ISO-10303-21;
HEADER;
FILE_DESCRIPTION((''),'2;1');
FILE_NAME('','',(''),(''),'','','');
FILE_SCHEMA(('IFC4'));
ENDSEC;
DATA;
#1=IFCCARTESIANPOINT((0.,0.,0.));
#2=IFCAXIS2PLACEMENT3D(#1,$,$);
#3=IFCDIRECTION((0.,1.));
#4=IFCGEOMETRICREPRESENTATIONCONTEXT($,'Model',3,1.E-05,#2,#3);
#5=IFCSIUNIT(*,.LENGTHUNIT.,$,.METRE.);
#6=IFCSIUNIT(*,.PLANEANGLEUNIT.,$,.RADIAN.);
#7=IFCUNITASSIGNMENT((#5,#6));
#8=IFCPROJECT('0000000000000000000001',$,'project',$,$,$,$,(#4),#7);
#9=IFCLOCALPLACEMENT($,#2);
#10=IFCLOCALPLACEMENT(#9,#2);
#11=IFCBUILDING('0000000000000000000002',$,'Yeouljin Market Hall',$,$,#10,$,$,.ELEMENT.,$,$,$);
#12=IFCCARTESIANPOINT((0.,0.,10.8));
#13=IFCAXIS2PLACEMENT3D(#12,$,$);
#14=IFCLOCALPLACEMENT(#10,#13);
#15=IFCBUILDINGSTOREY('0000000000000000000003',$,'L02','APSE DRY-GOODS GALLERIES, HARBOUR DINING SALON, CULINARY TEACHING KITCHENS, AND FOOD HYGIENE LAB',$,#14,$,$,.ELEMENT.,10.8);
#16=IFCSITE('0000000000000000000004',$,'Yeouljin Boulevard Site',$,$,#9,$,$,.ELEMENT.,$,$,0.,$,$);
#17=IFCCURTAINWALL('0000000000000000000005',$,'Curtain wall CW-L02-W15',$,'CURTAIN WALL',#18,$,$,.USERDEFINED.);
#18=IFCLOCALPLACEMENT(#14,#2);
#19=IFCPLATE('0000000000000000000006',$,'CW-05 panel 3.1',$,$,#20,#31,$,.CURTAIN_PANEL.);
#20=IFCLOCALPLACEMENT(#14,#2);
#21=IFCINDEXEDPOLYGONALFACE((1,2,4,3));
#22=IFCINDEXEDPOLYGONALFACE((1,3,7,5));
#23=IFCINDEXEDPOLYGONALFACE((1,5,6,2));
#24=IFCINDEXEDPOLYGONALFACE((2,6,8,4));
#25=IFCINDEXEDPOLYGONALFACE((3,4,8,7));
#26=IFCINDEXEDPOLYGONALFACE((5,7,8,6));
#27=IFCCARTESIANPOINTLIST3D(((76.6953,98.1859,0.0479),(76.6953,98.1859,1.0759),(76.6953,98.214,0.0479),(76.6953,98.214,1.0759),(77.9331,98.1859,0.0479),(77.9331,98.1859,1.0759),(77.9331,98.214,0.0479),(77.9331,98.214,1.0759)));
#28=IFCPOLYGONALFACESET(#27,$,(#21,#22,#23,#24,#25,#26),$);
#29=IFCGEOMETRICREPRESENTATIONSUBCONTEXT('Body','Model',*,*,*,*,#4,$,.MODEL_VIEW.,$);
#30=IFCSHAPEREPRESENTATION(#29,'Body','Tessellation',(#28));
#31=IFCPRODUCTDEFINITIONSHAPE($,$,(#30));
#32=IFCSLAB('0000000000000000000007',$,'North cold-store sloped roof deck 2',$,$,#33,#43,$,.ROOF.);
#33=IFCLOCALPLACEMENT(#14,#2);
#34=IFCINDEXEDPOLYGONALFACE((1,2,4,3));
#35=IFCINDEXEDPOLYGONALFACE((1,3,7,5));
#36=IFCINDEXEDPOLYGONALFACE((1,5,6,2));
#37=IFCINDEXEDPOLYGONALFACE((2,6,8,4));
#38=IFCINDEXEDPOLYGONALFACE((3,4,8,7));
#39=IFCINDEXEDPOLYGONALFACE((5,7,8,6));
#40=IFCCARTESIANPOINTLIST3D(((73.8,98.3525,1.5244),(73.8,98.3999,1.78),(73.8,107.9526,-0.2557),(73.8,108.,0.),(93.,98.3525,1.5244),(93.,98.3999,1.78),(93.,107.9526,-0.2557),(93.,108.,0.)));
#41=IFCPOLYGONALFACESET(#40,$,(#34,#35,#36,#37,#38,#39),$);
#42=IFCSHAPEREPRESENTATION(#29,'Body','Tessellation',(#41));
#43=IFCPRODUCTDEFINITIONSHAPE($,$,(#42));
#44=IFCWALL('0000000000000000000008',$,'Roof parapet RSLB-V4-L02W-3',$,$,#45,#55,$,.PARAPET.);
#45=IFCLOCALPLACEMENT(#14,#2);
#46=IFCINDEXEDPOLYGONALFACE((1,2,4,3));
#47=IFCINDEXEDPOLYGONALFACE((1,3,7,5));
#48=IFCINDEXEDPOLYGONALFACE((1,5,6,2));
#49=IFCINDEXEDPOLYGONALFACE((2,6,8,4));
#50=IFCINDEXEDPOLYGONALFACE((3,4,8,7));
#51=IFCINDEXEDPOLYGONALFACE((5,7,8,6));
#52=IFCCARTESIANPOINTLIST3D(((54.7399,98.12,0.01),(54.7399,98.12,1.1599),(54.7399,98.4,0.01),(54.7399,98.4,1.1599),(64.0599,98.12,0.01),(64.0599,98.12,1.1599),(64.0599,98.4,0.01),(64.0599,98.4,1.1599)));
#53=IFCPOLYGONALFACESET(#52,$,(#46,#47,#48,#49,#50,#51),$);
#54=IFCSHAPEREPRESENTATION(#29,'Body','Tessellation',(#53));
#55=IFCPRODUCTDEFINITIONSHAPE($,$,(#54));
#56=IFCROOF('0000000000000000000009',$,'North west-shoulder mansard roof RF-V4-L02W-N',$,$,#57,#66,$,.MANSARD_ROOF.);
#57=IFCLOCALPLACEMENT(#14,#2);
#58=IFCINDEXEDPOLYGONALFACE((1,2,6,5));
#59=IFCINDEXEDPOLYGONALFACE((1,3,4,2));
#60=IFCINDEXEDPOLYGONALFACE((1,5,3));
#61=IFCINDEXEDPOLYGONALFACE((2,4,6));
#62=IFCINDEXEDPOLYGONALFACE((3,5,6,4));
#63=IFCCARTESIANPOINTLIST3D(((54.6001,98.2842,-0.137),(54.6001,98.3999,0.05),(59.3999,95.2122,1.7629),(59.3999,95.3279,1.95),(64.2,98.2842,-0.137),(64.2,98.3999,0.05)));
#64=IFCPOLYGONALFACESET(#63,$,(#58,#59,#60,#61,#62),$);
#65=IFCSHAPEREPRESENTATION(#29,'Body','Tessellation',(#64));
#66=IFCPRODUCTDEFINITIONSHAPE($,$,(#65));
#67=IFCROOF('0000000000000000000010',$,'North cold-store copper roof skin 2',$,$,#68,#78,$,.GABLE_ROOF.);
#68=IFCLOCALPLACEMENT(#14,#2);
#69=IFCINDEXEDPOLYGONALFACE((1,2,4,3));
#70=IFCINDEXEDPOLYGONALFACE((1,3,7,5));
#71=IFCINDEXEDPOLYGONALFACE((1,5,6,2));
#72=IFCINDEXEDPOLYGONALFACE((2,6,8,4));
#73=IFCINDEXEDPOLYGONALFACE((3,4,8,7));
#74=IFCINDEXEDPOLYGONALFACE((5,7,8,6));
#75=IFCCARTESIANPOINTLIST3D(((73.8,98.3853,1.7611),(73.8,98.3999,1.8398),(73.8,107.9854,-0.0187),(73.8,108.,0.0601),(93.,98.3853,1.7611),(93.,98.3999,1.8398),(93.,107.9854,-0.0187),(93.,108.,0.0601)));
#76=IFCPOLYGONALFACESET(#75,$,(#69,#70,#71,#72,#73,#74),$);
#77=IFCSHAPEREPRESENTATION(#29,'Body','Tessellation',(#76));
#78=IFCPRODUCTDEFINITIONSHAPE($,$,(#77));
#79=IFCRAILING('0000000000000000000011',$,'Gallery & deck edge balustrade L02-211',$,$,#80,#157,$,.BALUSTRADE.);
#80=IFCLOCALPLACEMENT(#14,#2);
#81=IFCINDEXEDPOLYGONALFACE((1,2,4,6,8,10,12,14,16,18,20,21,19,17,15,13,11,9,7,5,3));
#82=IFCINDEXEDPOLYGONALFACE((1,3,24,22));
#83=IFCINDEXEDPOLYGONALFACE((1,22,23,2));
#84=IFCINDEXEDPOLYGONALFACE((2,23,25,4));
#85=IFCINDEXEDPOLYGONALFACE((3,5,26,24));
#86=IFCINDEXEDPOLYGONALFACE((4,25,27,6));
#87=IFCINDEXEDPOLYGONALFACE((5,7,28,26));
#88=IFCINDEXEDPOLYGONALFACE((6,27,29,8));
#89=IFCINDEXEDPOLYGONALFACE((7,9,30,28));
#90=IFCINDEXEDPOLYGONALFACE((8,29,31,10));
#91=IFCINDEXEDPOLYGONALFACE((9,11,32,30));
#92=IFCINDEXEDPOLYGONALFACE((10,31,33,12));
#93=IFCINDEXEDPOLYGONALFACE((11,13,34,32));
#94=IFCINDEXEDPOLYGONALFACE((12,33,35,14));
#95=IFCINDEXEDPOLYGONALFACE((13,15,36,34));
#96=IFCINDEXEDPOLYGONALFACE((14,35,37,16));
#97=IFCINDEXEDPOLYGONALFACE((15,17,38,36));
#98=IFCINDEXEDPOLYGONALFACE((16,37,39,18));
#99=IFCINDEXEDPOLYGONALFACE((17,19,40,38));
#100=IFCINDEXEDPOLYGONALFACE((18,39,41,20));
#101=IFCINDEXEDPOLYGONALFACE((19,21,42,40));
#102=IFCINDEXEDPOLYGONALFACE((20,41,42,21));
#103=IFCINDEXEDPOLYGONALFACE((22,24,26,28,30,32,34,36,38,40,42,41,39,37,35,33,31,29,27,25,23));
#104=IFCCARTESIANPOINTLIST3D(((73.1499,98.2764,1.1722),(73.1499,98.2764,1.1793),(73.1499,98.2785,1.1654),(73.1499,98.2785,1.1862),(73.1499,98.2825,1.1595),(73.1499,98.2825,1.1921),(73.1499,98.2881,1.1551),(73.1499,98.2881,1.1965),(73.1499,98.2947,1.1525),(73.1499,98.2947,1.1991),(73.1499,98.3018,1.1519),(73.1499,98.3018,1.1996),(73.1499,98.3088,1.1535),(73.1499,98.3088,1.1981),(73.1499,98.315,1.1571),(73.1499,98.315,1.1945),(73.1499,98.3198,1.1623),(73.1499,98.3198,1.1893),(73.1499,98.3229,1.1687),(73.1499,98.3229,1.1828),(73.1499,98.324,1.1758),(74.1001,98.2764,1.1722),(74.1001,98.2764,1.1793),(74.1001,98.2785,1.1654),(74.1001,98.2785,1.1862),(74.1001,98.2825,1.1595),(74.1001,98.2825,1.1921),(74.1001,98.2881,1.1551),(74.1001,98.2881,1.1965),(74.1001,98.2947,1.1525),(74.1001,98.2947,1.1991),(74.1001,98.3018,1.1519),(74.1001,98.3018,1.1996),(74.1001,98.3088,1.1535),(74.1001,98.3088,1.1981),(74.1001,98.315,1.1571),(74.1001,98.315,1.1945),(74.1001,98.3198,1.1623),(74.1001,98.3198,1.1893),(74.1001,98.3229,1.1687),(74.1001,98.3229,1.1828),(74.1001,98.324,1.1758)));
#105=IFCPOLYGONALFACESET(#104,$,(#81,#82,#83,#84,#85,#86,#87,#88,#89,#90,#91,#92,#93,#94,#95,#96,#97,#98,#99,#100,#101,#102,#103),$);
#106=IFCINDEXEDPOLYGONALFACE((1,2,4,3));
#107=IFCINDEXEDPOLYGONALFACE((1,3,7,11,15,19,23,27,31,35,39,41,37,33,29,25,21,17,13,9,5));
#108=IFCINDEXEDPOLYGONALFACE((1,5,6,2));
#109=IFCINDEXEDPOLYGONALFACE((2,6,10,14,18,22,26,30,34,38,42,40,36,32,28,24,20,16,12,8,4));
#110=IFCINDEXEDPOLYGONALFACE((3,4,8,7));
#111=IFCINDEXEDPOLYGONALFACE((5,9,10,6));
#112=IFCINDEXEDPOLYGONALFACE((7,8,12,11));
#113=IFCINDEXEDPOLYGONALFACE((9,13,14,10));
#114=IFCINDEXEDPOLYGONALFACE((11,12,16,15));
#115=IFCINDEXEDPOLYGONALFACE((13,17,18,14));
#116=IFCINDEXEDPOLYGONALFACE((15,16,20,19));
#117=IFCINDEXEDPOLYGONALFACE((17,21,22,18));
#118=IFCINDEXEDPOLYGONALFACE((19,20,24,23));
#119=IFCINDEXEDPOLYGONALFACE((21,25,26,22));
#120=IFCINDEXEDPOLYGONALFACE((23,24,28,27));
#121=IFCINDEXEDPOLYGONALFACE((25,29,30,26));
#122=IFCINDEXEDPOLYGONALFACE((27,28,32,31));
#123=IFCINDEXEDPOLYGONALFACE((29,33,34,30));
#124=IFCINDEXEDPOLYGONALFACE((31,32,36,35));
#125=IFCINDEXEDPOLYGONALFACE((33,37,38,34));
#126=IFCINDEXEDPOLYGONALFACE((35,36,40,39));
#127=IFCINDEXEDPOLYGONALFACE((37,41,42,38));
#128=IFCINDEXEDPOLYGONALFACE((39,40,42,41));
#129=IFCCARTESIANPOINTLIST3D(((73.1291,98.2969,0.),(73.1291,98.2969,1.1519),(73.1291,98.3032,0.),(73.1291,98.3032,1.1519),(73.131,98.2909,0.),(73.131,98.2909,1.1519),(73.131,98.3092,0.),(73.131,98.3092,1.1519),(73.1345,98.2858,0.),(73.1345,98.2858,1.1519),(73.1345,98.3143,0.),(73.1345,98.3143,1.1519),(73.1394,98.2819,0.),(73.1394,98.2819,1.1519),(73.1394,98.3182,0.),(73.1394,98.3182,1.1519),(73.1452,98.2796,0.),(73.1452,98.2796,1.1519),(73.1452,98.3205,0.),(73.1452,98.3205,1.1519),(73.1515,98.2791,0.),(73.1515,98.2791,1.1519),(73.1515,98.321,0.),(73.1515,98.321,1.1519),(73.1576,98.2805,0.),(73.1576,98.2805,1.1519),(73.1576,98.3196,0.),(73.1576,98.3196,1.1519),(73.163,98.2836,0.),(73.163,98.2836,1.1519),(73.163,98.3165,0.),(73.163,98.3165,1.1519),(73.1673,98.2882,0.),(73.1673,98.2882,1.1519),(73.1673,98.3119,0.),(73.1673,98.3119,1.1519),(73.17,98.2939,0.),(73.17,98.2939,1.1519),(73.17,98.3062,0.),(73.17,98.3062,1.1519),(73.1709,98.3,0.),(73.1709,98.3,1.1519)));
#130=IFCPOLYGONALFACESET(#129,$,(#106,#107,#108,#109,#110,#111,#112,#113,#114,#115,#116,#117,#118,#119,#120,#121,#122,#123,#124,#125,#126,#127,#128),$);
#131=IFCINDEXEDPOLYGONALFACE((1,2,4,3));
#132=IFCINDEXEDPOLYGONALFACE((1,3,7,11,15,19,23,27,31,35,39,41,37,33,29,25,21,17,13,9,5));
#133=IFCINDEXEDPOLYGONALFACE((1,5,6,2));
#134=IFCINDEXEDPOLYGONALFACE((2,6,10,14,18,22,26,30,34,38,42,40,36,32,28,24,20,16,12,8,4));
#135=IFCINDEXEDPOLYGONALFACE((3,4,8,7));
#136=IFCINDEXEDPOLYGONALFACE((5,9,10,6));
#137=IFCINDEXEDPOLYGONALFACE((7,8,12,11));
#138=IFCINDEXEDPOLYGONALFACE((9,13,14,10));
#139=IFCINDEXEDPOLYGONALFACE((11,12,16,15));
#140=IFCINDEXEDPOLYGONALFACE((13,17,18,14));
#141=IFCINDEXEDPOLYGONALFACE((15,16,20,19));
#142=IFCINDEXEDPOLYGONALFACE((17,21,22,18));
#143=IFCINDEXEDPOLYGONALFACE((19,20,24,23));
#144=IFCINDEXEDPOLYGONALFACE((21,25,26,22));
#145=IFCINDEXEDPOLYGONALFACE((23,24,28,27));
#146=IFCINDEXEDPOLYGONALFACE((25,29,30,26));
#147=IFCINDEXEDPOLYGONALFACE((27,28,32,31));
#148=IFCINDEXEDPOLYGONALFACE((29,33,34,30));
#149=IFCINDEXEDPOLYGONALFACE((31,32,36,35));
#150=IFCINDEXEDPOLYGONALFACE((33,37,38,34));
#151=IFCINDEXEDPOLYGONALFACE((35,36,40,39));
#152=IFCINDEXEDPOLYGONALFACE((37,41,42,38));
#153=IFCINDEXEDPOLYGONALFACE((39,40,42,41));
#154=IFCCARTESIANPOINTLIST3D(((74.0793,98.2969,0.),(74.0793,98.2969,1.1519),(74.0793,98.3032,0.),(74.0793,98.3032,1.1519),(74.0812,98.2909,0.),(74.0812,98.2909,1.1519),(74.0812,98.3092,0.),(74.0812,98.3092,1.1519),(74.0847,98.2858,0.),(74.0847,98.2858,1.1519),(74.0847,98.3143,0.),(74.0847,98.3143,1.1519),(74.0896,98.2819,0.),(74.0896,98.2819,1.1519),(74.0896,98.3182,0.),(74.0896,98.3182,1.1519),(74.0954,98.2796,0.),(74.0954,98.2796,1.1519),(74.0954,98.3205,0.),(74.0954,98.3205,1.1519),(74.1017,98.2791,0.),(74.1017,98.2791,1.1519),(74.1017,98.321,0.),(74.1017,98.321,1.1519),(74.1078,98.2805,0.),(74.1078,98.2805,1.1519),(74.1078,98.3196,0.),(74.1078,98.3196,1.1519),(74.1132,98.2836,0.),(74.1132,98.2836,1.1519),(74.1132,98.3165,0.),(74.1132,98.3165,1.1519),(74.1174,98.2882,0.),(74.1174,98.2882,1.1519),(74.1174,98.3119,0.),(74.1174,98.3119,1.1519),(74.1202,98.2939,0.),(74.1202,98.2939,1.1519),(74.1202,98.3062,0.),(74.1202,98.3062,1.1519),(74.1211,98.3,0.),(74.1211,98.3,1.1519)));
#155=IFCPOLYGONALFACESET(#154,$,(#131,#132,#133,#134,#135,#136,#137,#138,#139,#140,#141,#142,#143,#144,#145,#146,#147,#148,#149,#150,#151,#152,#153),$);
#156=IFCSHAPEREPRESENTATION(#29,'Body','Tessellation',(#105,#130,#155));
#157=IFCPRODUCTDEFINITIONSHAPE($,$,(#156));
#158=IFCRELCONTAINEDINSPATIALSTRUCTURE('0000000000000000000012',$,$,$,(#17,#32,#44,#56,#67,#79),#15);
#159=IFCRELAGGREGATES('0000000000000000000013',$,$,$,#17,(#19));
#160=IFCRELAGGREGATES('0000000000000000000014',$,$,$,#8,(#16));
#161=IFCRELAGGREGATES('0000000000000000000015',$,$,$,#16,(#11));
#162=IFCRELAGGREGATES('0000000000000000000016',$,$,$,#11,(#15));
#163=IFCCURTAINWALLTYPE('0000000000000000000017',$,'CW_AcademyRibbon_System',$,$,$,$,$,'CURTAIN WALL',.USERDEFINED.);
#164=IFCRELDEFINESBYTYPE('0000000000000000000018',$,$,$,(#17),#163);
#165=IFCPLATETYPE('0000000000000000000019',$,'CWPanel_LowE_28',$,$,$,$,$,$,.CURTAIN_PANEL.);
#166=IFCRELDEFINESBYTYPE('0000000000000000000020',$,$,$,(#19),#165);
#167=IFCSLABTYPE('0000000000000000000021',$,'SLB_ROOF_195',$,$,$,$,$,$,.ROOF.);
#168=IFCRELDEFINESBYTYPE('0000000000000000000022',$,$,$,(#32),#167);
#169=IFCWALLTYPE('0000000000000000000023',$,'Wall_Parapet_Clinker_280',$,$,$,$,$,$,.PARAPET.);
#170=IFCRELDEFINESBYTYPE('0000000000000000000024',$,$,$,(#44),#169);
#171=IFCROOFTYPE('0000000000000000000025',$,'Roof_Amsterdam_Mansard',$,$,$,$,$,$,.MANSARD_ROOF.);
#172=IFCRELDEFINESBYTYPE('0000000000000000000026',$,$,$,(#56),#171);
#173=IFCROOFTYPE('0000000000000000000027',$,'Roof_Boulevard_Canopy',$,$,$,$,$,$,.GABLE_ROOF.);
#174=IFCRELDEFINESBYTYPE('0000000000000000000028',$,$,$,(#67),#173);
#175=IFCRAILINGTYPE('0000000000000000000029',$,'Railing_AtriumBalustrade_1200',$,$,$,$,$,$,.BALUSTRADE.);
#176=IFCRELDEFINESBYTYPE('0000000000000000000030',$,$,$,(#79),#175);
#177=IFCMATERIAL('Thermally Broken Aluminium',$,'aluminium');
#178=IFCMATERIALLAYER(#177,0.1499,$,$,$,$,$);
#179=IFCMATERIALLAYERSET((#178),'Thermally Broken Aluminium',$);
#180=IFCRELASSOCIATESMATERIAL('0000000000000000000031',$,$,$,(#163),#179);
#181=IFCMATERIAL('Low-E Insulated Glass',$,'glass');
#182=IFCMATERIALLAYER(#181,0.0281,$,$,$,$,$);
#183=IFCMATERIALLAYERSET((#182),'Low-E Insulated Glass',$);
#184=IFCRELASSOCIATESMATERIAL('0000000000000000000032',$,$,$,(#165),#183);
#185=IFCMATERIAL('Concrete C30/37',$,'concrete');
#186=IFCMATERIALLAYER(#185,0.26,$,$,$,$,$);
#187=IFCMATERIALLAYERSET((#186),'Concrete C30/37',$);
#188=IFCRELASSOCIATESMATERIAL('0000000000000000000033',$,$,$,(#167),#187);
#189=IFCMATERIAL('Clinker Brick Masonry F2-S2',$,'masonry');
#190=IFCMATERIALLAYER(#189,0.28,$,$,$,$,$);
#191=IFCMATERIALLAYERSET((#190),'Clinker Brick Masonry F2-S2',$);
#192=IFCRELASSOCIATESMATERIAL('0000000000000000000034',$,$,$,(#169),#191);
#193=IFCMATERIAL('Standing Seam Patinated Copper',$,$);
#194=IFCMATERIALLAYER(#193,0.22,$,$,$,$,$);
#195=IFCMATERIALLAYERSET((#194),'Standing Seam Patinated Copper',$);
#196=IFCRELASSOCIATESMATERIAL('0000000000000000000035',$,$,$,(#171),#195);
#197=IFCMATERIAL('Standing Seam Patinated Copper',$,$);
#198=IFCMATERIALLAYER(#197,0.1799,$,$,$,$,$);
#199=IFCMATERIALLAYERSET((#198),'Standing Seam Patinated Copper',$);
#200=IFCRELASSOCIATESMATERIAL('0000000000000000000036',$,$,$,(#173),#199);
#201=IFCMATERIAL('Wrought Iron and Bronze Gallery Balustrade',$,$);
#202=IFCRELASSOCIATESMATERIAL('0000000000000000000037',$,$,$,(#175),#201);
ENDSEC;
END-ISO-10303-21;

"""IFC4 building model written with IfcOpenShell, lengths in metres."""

from ifc_helpers import new_model, si_unit, direction, frame, frame_2d, origin, origin_2d, place, context, subcontext, project, spatial, polyline, rectangle, circle, outline, extrude, material, layer, layer_set, type_object, element, aggregate, save


model = new_model("IFC4")

# Units and contexts
model_context = context("Model", 3, precision=1e-05, world=origin(), true_north=direction((0.0, 1.0)))
body_context = subcontext(model_context, "Body", "Model", "MODEL_VIEW")
ifc_project = project(units=[si_unit("LENGTHUNIT", "METRE"), si_unit("PLANEANGLEUNIT", "RADIAN")], contexts=[model_context])

# Site, building, storey
site_placement = place(None, origin())
site = spatial("IfcSite", under=ifc_project, at=site_placement, Name="Yeouljin Boulevard Site", CompositionType="ELEMENT", RefElevation=0.0)
building_placement = place(site_placement, origin())
building = spatial("IfcBuilding", under=site, at=building_placement, Name="Yeouljin Market Hall", CompositionType="ELEMENT")
storey_placement = place(building_placement, frame((0.0, 0.0, 10.8)))
storey = spatial("IfcBuildingStorey", under=building, at=storey_placement, Name="L02", Description="APSE DRY-GOODS GALLERIES, HARBOUR DINING SALON, CULINARY TEACHING KITCHENS, AND FOOD HYGIENE LAB", CompositionType="ELEMENT", Elevation=10.8)

# Curtain wall
ifc_material_1 = material(Name="Thermally Broken Aluminium", Category="aluminium")
ifc_layer_1 = layer(ifc_material_1, 0.1499)
ifc_layer_set_1 = layer_set([ifc_layer_1], Name="Thermally Broken Aluminium")
curtain_wall_type = type_object("IfcCurtainWallType", Name="CW_AcademyRibbon_System", ElementType="CURTAIN WALL", PredefinedType="USERDEFINED", material=ifc_layer_set_1)
curtain_wall_placement = place(storey_placement, origin())
curtain_wall = element("IfcCurtainWall", 1, at=curtain_wall_placement, inside=storey, type_object=curtain_wall_type, Name="Curtain wall CW-L02-W15", ObjectType="CURTAIN WALL", PredefinedType="USERDEFINED")

# Plate
ifc_material_2 = material(Name="Low-E Insulated Glass", Category="glass")
ifc_layer_2 = layer(ifc_material_2, 0.0281)
ifc_layer_set_2 = layer_set([ifc_layer_2], Name="Low-E Insulated Glass")
plate_type = type_object("IfcPlateType", Name="CWPanel_LowE_28", PredefinedType="CURTAIN_PANEL", material=ifc_layer_set_2)
plate_placement = place(storey_placement, frame((77.3142, 98.2, 0.0479), z_axis=(0.0, 0.0, 1.0), x_axis=(1.0, 0.0, 0.0)))
plate = element("IfcPlate", 2, at=plate_placement, type_object=plate_type, Name="CW-05 panel 3.1", PredefinedType="CURTAIN_PANEL", context=body_context, shape_type="SweptSolid", body=[
    extrude(rectangle(XDim=1.2378, YDim=0.0281, at=origin_2d()), origin(), (0.0, 0.0, 1.0), 1.0281),
])
aggregate(curtain_wall, [plate])

# Slab
ifc_material_3 = material(Name="Concrete C30/37", Category="concrete")
ifc_layer_3 = layer(ifc_material_3, 0.26)
ifc_layer_set_3 = layer_set([ifc_layer_3], Name="Concrete C30/37")
slab_type = type_object("IfcSlabType", Name="SLB_ROOF_195", PredefinedType="ROOF", material=ifc_layer_set_3)
slab_placement = place(storey_placement, frame((73.8, 98.3999, 1.78), z_axis=(0.0, 0.18231, 0.983241), x_axis=(0.0, 0.983241, -0.18231)))
element("IfcSlab", 3, at=slab_placement, inside=storey, type_object=slab_type, Name="North cold-store sloped roof deck 2", PredefinedType="ROOF", context=body_context, shape_type="SweptSolid", body=[
    extrude(outline(polyline([(0.0, 0.0), (9.7637, 0.0), (9.7637, -19.2), (0.0, -19.2), (0.0, 0.0)])), origin(), (0.0, 0.0, -1.0), 0.26),
])

# Wall
ifc_material_4 = material(Name="Clinker Brick Masonry F2-S2", Category="masonry")
ifc_layer_4 = layer(ifc_material_4, 0.28)
ifc_layer_set_4 = layer_set([ifc_layer_4], Name="Clinker Brick Masonry F2-S2")
wall_type = type_object("IfcWallType", Name="Wall_Parapet_Clinker_280", PredefinedType="PARAPET", material=ifc_layer_set_4)
wall_placement = place(storey_placement, frame((64.0601, 98.26, 0.01), z_axis=(0.0, 0.0, 1.0), x_axis=(-1.0, 0.0, 0.0)))
element("IfcWall", 4, at=wall_placement, inside=storey, type_object=wall_type, Name="Roof parapet RSLB-V4-L02W-3", PredefinedType="PARAPET", context=body_context, shape_type="SweptSolid", body=[
    extrude(rectangle(XDim=9.3201, YDim=0.28, at=frame_2d((4.6602, 0.0))), origin(), (0.0, 0.0, 1.0), 1.1499),
])

# Roofs
ifc_material_5 = material(Name="Standing Seam Patinated Copper")
ifc_layer_5 = layer(ifc_material_5, 0.22)
ifc_layer_set_5 = layer_set([ifc_layer_5], Name="Standing Seam Patinated Copper")
roof_type_1 = type_object("IfcRoofType", Name="Roof_Amsterdam_Mansard", PredefinedType="MANSARD_ROOF", material=ifc_layer_set_5)
roof_1_placement = place(storey_placement, frame((64.2, 98.3999, 0.05), z_axis=(0.0, 0.525989, 0.850491), x_axis=(-1.0, 0.0, 0.0)))
element("IfcRoof", 5, at=roof_1_placement, inside=storey, type_object=roof_type_1, Name="North west-shoulder mansard roof RF-V4-L02W-N", PredefinedType="MANSARD_ROOF", context=body_context, shape_type="SweptSolid", body=[
    extrude(outline(polyline([(0.0, 0.0), (9.5999, 0.0), (4.8, 3.6121), (0.0, 0.0)])), origin(), (0.0, 0.0, -1.0), 0.22),
])
ifc_material_6 = material(Name="Standing Seam Patinated Copper")
ifc_layer_6 = layer(ifc_material_6, 0.1799)
ifc_layer_set_6 = layer_set([ifc_layer_6], Name="Standing Seam Patinated Copper")
roof_type_2 = type_object("IfcRoofType", Name="Roof_Boulevard_Canopy", PredefinedType="GABLE_ROOF", material=ifc_layer_set_6)
roof_2_placement = place(storey_placement, frame((73.8, 98.3999, 1.8398), z_axis=(0.0, 0.182286, 0.983246), x_axis=(0.0, 0.983246, -0.182286)))
element("IfcRoof", 6, at=roof_2_placement, inside=storey, type_object=roof_type_2, Name="North cold-store copper roof skin 2", PredefinedType="GABLE_ROOF", context=body_context, shape_type="SweptSolid", body=[
    extrude(outline(polyline([(0.0, 0.0), (9.7637, 0.0), (9.7637, -19.2), (0.0, -19.2), (0.0, 0.0)])), origin(), (0.0, 0.0, -1.0), 0.0801),
])

# Railing
ifc_material_7 = material(Name="Wrought Iron and Bronze Gallery Balustrade")
railing_type = type_object("IfcRailingType", Name="Railing_AtriumBalustrade_1200", PredefinedType="BALUSTRADE", material=ifc_material_7)
railing_placement = place(storey_placement, frame((73.1499, 98.3, 0.0)))
element("IfcRailing", 7, at=railing_placement, inside=storey, type_object=railing_type, Name="Gallery & deck edge balustrade L02-211", PredefinedType="BALUSTRADE", context=body_context, shape_type="SweptSolid", body=[
    extrude(circle(Radius=0.0239, at=origin_2d()), frame((0.0, 0.0, 1.1758), z_axis=(1.0, 0.0, 0.0), x_axis=(0.0, 1.0, 0.0)), (0.0, 0.0, 1.0), 0.9502),
    extrude(circle(Radius=0.021, at=origin_2d()), origin(), (0.0, 0.0, 1.0), 1.1519),
    extrude(circle(Radius=0.021, at=origin_2d()), frame((0.9502, 0.0, 0.0)), (0.0, 0.0, 1.0), 1.1519),
])

save(model, "model.ifc")
